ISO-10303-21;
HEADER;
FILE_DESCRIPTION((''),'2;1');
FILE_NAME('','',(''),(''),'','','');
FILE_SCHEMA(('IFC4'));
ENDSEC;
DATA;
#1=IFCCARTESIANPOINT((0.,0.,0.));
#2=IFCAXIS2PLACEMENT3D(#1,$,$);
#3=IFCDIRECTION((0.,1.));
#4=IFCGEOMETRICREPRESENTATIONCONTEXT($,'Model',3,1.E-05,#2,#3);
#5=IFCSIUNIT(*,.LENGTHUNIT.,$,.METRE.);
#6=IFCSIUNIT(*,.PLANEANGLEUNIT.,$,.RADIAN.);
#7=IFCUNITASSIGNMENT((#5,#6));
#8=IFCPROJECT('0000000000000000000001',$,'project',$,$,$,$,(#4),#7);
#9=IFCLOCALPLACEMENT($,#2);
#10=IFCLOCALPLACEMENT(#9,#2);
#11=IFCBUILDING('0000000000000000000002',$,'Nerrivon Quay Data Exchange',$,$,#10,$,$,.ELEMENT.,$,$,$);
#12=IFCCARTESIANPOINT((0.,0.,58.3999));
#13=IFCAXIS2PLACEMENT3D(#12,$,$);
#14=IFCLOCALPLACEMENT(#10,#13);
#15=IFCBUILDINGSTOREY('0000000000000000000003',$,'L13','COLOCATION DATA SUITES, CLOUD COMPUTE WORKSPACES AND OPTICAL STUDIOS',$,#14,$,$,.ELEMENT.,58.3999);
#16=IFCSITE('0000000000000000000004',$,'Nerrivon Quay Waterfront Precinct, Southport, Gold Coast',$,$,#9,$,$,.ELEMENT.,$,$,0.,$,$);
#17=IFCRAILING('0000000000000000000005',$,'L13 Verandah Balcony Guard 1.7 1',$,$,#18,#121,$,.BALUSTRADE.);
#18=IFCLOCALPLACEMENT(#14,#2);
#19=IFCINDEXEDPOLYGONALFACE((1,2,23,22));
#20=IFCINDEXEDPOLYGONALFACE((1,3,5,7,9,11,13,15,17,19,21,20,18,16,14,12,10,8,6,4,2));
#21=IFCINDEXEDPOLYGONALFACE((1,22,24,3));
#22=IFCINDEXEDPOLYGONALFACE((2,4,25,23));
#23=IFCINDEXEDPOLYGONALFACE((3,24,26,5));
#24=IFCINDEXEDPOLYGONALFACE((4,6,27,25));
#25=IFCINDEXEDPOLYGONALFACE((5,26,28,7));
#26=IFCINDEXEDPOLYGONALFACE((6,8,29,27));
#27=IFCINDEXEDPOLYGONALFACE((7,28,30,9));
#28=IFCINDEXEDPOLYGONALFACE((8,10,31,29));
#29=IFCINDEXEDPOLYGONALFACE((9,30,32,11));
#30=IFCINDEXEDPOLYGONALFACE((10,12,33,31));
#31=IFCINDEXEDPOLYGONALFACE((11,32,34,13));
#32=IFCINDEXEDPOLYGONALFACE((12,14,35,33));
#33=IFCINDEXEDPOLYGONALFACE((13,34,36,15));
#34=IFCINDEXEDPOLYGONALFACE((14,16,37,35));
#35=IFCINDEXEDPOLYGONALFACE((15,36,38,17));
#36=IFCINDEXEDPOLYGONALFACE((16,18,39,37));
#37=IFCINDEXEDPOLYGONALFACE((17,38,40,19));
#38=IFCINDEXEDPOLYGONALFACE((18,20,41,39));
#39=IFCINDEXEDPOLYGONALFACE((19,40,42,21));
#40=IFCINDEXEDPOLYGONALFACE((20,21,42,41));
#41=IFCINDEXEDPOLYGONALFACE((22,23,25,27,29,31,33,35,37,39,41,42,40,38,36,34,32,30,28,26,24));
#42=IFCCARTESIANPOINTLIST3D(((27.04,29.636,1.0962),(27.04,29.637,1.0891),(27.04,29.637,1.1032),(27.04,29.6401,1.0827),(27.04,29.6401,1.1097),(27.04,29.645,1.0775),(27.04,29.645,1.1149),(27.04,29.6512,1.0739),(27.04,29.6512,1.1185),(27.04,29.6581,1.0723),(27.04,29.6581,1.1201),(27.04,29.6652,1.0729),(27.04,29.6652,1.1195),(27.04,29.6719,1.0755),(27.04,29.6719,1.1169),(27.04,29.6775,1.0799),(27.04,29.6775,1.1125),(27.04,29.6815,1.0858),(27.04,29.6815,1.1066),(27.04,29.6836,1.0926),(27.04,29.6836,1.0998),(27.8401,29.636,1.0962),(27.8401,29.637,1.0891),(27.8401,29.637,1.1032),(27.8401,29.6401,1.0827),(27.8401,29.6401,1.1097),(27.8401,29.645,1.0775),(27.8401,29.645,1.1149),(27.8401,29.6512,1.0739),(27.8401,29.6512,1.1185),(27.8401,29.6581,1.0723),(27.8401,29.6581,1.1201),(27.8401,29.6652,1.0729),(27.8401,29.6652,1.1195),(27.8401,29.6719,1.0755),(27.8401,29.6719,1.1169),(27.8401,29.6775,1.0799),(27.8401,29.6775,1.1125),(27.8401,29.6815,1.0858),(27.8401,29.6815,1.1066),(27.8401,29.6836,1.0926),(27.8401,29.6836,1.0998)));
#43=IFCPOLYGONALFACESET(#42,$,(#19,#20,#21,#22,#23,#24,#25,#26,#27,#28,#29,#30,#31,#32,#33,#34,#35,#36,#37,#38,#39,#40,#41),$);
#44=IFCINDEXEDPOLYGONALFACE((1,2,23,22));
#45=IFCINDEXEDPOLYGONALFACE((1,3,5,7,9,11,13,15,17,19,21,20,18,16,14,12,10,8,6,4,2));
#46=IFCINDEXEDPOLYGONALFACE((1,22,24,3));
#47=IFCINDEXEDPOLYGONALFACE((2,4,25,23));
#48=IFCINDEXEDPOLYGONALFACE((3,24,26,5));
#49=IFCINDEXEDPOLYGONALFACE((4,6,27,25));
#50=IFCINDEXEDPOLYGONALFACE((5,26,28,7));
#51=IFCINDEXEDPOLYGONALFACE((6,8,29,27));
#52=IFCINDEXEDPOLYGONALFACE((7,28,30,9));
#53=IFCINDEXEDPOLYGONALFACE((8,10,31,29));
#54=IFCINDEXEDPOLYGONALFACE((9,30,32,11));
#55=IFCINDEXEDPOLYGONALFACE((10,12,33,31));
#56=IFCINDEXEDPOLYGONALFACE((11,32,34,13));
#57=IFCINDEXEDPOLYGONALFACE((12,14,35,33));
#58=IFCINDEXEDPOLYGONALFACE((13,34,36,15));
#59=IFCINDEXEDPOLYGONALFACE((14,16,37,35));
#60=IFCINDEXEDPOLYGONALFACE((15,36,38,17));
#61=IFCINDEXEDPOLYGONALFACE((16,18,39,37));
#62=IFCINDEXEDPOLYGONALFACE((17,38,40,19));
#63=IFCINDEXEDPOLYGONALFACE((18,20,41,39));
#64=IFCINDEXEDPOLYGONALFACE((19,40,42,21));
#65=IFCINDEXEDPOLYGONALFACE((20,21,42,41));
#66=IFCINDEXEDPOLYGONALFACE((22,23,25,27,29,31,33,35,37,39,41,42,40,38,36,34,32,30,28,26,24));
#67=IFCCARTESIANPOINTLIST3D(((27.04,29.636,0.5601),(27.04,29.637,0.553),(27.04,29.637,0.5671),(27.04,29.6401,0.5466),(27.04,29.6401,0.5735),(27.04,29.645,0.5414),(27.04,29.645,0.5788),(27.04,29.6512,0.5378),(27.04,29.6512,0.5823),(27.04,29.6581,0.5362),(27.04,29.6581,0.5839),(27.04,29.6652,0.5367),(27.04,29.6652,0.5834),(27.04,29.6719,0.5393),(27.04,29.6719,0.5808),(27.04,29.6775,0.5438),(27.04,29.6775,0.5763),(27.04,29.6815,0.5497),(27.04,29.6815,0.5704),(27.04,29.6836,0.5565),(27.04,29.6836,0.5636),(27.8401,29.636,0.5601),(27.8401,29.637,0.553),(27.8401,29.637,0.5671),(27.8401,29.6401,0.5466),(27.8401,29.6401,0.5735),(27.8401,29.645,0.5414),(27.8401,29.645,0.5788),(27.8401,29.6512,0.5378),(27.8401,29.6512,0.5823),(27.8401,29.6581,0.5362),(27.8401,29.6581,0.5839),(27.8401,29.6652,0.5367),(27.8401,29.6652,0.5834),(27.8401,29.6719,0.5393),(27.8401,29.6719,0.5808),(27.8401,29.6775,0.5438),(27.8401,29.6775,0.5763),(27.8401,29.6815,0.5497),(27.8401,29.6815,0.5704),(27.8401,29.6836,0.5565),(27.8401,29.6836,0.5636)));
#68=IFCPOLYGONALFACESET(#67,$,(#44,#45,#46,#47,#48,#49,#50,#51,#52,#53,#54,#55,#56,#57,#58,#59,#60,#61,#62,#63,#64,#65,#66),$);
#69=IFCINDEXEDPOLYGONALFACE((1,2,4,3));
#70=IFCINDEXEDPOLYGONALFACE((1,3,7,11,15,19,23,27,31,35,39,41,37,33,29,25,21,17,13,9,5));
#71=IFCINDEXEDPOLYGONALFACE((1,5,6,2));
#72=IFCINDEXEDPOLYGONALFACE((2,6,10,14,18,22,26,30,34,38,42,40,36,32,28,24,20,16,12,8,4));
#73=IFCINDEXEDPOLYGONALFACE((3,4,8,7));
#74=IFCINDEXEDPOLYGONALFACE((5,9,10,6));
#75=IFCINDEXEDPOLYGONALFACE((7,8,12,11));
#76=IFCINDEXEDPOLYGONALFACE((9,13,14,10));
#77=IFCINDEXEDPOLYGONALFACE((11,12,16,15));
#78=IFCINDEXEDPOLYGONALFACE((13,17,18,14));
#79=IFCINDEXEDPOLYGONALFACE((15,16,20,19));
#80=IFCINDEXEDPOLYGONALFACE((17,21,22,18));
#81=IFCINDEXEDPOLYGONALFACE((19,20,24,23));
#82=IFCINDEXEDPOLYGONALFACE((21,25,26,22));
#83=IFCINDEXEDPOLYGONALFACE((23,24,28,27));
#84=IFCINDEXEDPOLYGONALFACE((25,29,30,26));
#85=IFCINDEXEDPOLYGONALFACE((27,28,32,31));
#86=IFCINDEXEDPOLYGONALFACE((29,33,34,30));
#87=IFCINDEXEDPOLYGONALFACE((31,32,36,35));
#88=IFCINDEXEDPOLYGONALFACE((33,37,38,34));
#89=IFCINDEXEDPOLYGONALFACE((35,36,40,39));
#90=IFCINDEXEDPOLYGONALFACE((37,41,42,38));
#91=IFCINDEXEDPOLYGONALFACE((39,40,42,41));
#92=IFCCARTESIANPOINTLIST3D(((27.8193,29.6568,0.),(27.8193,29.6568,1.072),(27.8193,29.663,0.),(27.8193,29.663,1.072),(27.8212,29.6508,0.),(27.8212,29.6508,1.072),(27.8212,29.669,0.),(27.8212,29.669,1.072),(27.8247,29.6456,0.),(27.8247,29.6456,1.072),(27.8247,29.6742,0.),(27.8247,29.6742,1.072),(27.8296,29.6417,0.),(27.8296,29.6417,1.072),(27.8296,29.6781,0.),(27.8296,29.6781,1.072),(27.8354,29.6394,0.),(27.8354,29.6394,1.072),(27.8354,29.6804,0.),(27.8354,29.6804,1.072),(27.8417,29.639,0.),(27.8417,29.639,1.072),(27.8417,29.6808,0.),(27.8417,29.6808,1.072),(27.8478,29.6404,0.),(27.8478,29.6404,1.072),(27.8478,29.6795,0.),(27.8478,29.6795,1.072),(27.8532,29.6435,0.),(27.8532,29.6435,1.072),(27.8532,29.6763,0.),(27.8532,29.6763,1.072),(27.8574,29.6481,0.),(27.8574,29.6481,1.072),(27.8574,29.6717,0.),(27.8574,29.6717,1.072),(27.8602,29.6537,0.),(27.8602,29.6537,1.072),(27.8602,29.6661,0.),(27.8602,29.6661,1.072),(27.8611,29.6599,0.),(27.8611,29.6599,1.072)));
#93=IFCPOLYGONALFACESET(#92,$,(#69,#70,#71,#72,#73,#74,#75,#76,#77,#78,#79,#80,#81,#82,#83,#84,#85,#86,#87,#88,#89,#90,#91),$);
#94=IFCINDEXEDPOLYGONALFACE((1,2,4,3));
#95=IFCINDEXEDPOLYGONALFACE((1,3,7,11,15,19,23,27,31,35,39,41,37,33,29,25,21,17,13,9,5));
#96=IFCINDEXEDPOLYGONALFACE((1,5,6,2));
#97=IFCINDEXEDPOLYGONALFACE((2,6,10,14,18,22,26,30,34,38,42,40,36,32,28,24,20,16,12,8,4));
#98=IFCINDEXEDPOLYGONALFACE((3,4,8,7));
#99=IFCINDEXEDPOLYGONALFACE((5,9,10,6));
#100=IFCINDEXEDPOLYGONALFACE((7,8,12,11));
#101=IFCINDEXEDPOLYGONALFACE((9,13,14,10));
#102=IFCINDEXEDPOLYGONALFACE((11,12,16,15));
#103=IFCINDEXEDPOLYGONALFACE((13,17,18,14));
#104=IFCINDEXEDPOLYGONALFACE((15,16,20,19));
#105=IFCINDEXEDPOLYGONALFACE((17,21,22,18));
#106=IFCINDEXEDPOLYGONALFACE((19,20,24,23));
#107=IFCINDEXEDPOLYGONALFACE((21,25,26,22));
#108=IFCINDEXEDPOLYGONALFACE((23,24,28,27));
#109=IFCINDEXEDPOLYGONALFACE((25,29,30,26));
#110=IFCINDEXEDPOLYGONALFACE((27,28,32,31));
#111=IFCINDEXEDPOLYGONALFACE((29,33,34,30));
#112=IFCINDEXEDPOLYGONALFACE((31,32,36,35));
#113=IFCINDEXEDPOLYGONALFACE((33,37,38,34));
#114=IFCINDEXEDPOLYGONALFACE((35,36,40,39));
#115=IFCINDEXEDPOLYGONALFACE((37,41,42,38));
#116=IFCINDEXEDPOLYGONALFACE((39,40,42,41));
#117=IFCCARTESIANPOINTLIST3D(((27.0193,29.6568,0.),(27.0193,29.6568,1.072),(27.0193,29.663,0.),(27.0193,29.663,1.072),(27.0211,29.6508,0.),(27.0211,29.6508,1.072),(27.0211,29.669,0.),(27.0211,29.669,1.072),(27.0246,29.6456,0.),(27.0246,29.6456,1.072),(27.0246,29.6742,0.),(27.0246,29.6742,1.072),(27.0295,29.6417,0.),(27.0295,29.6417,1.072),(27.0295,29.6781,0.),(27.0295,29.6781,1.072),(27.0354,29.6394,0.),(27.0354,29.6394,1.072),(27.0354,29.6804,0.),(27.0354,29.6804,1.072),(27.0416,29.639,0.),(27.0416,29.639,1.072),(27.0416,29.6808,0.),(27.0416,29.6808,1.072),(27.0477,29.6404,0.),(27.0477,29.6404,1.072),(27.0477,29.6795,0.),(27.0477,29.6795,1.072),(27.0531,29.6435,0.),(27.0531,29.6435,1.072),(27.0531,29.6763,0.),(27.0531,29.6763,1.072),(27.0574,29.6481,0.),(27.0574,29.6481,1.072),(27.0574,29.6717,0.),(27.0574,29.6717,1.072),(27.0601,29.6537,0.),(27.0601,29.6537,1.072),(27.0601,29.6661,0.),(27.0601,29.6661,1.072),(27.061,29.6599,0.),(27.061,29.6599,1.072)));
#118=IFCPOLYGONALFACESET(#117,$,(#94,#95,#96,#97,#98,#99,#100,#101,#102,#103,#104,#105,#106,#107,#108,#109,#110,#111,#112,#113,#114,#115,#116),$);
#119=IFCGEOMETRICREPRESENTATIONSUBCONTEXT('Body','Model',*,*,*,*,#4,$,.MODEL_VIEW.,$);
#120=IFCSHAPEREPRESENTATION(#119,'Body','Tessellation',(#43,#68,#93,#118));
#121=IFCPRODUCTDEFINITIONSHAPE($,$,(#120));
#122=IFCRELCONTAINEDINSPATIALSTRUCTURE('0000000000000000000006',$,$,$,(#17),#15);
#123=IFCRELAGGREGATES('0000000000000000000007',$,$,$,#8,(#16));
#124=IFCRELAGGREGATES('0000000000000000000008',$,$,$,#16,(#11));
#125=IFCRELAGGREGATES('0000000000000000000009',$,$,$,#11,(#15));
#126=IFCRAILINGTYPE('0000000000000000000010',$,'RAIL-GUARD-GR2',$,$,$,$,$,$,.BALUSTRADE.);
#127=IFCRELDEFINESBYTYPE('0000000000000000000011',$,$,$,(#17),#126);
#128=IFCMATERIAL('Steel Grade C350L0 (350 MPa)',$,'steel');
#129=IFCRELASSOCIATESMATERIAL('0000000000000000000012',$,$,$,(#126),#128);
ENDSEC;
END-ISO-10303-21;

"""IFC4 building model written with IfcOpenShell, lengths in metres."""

from ifc_helpers import new_model, si_unit, direction, frame, origin, origin_2d, place, context, subcontext, project, spatial, circle, extrude, material, type_object, element, save


model = new_model("IFC4")

# Units and contexts
model_context = context("Model", 3, precision=1e-05, world=origin(), true_north=direction((0.0, 1.0)))
body_context = subcontext(model_context, "Body", "Model", "MODEL_VIEW")
ifc_project = project(units=[si_unit("LENGTHUNIT", "METRE"), si_unit("PLANEANGLEUNIT", "RADIAN")], contexts=[model_context])

# Site, building, storey
site_placement = place(None, origin())
site = spatial("IfcSite", under=ifc_project, at=site_placement, Name="Nerrivon Quay Waterfront Precinct, Southport, Gold Coast", CompositionType="ELEMENT", RefElevation=0.0)
building_placement = place(site_placement, origin())
building = spatial("IfcBuilding", under=site, at=building_placement, Name="Nerrivon Quay Data Exchange", CompositionType="ELEMENT")
storey_placement = place(building_placement, frame((0.0, 0.0, 58.3999)))
storey = spatial("IfcBuildingStorey", under=building, at=storey_placement, Name="L13", Description="COLOCATION DATA SUITES, CLOUD COMPUTE WORKSPACES AND OPTICAL STUDIOS", CompositionType="ELEMENT", Elevation=58.3999)

# Railing
ifc_material_1 = material(Name="Steel Grade C350L0 (350 MPa)", Category="steel")
railing_type = type_object("IfcRailingType", Name="RAIL-GUARD-GR2", PredefinedType="BALUSTRADE", material=ifc_material_1)
railing_1_placement = place(storey_placement, frame((27.8401, 29.6599, 0.0)))
element("IfcRailing", 1, at=railing_1_placement, inside=storey, type_object=railing_type, Name="L13 Verandah Balcony Guard 1.7 1", PredefinedType="BALUSTRADE", context=body_context, shape_type="SweptSolid", body=[
    extrude(circle(Radius=0.0239, at=origin_2d()), frame((0.0, 0.0, 1.0962), z_axis=(-1.0, 0.0, 0.0), x_axis=(0.0, -1.0, 0.0)), (0.0, 0.0, 1.0), 0.8),
    extrude(circle(Radius=0.0239, at=origin_2d()), frame((0.0, 0.0, 0.5601), z_axis=(-1.0, 0.0, 0.0), x_axis=(0.0, -1.0, 0.0)), (0.0, 0.0, 1.0), 0.8),
    extrude(circle(Radius=0.021, at=origin_2d()), origin(), (0.0, 0.0, 1.0), 1.072),
    extrude(circle(Radius=0.021, at=origin_2d()), frame((-0.8, 0.0, 0.0)), (0.0, 0.0, 1.0), 1.072),
])

save(model, "model.ifc")
